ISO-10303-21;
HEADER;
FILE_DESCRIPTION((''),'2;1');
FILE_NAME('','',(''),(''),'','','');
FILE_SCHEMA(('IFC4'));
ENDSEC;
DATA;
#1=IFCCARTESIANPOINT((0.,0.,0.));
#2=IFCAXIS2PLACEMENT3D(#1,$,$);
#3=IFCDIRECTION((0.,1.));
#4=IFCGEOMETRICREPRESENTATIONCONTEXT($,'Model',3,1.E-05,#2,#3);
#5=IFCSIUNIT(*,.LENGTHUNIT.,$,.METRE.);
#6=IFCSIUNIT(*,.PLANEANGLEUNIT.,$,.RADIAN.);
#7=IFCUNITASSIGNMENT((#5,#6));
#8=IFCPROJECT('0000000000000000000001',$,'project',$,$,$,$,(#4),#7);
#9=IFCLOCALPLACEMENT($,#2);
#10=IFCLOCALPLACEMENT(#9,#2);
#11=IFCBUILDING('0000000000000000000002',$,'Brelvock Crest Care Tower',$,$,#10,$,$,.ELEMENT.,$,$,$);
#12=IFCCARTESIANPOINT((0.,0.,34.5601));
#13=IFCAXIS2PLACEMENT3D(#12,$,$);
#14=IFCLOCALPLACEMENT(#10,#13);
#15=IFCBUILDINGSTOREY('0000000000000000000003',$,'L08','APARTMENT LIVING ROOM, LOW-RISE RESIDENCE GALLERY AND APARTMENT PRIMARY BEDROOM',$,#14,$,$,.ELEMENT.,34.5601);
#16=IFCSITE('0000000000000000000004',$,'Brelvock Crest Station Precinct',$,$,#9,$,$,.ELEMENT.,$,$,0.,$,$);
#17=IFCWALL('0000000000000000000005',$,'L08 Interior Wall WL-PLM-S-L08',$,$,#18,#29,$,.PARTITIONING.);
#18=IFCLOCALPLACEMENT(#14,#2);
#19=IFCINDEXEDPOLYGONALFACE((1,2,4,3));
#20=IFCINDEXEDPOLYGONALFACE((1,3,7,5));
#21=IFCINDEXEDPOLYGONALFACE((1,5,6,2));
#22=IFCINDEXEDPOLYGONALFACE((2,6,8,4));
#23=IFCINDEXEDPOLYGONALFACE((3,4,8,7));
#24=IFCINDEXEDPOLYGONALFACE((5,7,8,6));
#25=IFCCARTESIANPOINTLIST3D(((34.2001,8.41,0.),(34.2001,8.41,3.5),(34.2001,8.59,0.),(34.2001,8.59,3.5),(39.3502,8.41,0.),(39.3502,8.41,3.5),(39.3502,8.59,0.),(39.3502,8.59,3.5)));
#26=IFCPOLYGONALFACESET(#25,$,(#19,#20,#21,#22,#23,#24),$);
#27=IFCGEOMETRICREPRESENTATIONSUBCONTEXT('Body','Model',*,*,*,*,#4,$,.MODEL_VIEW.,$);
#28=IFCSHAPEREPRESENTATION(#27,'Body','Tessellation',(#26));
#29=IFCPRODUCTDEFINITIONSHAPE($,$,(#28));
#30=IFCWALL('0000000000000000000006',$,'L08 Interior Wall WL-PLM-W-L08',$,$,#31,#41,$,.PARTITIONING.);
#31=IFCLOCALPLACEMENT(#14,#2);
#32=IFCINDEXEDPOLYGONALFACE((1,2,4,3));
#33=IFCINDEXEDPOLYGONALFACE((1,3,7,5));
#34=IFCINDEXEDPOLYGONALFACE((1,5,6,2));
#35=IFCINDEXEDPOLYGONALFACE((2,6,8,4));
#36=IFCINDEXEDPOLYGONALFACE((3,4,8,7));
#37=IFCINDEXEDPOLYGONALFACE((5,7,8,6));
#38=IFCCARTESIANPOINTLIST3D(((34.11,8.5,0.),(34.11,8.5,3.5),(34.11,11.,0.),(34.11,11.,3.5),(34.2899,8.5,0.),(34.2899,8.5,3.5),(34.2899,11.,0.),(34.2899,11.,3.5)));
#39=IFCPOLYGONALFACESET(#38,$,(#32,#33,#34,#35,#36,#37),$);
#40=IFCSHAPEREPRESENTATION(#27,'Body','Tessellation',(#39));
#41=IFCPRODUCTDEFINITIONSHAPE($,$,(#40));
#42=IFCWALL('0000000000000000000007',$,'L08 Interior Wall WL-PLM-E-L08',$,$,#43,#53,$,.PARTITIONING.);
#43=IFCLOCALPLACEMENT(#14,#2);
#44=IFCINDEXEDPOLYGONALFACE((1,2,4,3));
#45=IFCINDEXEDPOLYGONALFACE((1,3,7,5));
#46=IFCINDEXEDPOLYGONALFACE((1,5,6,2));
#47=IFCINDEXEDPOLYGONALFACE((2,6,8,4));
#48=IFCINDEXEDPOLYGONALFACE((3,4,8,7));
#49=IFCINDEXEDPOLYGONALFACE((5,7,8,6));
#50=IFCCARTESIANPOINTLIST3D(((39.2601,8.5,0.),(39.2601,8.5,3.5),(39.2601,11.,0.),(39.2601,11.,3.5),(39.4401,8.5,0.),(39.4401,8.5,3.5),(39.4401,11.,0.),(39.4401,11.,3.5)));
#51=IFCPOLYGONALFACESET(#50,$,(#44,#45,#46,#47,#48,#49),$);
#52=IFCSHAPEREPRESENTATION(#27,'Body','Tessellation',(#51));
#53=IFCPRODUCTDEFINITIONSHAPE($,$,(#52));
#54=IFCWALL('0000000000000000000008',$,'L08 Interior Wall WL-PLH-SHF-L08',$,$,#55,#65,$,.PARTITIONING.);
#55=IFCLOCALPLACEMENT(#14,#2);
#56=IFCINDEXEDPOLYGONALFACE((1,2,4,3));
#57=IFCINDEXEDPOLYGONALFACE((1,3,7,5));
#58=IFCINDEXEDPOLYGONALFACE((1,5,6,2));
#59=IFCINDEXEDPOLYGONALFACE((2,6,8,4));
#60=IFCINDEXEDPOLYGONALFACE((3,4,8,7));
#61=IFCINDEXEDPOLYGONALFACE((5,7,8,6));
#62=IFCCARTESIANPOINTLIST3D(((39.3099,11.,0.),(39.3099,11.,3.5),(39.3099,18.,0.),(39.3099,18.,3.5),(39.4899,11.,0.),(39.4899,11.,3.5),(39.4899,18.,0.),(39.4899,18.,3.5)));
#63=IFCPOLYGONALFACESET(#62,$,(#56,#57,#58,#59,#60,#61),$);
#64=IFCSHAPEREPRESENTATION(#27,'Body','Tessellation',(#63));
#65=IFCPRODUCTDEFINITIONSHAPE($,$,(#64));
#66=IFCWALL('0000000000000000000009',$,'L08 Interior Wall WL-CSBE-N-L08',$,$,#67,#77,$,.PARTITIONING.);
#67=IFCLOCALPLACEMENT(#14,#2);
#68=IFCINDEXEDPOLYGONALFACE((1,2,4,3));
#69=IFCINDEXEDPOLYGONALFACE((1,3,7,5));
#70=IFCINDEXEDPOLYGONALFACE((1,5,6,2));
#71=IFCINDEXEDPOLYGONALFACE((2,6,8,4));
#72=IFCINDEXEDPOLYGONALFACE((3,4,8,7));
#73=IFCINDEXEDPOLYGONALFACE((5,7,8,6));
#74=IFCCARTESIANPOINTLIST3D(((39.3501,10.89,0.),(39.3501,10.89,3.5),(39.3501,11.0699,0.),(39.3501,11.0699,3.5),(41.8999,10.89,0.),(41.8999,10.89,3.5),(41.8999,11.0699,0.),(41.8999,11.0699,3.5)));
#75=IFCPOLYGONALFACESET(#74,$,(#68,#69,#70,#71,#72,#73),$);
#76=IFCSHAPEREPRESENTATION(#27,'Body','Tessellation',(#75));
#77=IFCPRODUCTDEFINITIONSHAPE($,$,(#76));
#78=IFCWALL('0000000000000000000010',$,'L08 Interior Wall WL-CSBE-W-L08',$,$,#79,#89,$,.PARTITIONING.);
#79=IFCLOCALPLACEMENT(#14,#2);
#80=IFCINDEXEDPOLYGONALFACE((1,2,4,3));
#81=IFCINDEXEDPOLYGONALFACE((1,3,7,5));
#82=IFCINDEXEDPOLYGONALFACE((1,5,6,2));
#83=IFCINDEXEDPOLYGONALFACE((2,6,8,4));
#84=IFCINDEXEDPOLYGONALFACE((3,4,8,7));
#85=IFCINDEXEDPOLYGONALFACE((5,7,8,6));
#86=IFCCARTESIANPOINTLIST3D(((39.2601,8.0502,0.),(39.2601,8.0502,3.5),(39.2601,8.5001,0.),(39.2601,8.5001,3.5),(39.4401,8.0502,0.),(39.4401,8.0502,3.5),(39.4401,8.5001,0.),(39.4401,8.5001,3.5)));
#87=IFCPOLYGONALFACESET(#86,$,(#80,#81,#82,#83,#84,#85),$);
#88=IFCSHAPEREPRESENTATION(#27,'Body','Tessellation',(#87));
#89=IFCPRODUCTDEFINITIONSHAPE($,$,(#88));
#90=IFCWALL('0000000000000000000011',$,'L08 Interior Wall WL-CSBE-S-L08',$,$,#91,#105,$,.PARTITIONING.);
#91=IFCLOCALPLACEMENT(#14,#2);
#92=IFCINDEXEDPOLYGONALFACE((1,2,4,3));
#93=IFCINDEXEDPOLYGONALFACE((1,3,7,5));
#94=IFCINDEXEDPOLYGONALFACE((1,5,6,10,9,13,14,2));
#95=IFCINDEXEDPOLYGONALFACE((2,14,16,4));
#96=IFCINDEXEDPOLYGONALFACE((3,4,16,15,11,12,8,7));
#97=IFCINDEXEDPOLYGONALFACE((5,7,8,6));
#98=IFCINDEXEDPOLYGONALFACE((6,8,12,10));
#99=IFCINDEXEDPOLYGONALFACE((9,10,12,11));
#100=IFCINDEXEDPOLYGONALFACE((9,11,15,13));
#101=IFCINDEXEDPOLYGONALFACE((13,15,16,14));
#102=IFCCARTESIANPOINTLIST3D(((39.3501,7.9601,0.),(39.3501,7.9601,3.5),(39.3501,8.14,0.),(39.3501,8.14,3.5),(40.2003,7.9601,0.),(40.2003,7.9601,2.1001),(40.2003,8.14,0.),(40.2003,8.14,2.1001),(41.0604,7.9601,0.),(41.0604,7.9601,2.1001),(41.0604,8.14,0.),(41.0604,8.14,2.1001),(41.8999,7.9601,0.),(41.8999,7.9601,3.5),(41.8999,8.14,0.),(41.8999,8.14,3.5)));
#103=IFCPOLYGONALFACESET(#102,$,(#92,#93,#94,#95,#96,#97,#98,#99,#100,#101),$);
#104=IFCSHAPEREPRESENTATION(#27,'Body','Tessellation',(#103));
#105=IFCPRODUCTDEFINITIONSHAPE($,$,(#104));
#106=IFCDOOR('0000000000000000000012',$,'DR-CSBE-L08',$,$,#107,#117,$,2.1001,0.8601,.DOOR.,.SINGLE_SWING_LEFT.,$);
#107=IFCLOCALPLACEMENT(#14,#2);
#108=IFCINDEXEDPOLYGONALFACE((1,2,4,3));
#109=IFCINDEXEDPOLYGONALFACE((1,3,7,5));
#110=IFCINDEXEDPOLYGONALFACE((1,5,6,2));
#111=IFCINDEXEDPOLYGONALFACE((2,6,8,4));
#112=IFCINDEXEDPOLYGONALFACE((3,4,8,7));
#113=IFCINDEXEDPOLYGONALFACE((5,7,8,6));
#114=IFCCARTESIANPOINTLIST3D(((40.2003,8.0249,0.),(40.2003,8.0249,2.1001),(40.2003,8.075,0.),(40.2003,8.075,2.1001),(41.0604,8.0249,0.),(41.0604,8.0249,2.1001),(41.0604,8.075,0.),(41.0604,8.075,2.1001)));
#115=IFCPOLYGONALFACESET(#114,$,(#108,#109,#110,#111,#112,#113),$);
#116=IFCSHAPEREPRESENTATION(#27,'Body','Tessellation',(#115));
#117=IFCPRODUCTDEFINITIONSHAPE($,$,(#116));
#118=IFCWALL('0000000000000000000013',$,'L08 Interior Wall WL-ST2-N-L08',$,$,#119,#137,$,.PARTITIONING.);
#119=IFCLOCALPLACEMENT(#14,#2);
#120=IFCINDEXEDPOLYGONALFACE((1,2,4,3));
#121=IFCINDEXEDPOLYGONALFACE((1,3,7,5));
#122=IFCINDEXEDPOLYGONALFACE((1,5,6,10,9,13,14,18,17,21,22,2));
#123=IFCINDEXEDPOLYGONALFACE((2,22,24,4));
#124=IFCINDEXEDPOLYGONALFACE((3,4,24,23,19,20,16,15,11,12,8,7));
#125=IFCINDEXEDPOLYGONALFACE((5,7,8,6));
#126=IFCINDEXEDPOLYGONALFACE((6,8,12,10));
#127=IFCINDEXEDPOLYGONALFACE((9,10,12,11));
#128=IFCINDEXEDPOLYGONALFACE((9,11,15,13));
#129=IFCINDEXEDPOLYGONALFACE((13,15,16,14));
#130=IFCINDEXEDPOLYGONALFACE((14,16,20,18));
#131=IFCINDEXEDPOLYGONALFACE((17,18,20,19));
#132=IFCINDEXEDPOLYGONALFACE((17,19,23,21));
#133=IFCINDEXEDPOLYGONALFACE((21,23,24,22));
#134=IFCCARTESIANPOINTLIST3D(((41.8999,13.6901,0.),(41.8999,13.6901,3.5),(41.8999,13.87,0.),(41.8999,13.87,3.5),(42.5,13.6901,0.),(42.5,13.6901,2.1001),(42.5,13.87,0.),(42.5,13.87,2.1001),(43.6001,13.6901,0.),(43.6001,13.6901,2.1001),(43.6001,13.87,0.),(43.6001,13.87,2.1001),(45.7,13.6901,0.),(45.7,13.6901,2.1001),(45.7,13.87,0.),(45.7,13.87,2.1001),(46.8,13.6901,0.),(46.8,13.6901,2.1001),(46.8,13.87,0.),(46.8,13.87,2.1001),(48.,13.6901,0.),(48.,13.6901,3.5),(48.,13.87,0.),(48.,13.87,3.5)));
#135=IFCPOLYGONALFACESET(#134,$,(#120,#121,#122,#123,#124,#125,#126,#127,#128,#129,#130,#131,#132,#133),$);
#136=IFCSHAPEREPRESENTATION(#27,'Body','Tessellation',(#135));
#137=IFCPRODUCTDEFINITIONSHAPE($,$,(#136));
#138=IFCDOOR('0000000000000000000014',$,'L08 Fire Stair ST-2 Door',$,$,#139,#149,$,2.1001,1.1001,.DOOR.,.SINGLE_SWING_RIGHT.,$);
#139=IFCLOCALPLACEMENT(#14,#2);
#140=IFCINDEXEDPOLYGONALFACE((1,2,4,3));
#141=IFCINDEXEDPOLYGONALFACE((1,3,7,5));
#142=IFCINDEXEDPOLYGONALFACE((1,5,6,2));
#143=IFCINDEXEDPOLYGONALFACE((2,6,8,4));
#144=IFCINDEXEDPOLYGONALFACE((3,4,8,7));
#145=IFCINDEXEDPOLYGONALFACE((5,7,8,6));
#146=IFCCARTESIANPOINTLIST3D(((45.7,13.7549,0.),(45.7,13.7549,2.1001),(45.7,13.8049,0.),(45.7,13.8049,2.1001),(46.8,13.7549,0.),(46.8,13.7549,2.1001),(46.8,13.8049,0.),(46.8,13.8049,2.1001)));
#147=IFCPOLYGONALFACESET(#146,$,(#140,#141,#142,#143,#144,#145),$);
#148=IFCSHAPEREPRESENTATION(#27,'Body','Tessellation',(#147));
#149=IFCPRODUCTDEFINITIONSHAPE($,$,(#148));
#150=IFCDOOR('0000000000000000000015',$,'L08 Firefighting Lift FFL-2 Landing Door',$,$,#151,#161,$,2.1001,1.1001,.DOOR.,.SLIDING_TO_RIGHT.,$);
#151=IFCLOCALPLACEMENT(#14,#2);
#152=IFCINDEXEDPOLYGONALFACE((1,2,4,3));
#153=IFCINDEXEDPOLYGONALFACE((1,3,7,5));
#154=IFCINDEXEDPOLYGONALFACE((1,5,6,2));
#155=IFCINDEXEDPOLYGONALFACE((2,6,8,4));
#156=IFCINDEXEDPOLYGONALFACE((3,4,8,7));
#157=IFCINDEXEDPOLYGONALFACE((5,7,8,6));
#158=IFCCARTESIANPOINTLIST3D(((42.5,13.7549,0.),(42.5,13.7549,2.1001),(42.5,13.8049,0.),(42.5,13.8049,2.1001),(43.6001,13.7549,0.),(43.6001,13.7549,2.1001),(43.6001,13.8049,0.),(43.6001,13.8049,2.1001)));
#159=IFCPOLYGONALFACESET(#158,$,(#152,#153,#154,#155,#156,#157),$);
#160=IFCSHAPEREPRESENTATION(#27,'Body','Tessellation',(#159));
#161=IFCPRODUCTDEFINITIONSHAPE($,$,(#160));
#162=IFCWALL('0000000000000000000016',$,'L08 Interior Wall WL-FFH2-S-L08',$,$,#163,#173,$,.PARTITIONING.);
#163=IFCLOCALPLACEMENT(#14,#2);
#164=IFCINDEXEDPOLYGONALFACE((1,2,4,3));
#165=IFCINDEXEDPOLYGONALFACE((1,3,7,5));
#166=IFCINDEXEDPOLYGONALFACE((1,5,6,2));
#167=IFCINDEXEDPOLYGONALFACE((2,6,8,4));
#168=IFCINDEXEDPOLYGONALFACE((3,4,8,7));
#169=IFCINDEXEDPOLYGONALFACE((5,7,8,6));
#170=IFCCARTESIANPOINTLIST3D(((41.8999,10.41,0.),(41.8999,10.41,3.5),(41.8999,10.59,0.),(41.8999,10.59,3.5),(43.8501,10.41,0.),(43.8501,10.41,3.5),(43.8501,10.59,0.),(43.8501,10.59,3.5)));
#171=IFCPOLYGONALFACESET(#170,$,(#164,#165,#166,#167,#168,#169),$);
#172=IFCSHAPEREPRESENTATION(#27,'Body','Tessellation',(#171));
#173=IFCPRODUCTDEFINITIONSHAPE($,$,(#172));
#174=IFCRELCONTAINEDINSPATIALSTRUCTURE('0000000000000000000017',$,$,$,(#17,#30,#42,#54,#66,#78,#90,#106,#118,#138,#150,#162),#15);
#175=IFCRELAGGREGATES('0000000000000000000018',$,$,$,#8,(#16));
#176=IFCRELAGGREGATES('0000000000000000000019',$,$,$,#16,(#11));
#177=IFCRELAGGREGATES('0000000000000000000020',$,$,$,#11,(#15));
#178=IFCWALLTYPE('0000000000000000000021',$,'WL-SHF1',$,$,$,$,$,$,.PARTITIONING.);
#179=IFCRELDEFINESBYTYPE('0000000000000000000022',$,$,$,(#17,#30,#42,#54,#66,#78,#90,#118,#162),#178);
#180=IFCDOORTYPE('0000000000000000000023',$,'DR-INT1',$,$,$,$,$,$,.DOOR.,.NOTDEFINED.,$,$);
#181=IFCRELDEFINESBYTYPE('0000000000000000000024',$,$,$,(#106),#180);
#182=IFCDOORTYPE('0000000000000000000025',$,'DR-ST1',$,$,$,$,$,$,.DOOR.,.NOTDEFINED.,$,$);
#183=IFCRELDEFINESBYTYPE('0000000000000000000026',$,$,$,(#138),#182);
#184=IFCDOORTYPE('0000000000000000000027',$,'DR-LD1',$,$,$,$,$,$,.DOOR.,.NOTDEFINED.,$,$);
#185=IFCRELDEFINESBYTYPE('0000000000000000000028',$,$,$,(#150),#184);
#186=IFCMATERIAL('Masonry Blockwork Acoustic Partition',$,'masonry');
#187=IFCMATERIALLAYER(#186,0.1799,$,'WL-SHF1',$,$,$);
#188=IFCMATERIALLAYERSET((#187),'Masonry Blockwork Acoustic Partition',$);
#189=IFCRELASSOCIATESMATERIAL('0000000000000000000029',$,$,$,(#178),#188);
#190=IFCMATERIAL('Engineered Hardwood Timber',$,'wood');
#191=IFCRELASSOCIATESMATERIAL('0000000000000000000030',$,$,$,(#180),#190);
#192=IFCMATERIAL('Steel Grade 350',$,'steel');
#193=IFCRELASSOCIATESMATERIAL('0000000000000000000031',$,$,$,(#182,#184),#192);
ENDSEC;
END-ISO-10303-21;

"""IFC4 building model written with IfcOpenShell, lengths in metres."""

from ifc_helpers import new_model, si_unit, direction, frame, frame_2d, origin, origin_2d, place, context, subcontext, project, spatial, rectangle, extrude, source, transform, mapped, material, layer, layer_set, type_object, element, fill, save


model = new_model("IFC4")

# Units and contexts
model_context = context("Model", 3, precision=1e-05, world=origin(), true_north=direction((0.0, 1.0)))
body_context = subcontext(model_context, "Body", "Model", "MODEL_VIEW")
ifc_project = project(units=[si_unit("LENGTHUNIT", "METRE"), si_unit("PLANEANGLEUNIT", "RADIAN")], contexts=[model_context])

# Site, building, storey
site_placement = place(None, origin())
site = spatial("IfcSite", under=ifc_project, at=site_placement, Name="Brelvock Crest Station Precinct", CompositionType="ELEMENT", RefElevation=0.0)
building_placement = place(site_placement, origin())
building = spatial("IfcBuilding", under=site, at=building_placement, Name="Brelvock Crest Care Tower", CompositionType="ELEMENT")
storey_placement = place(building_placement, frame((0.0, 0.0, 34.5601)))
storey = spatial("IfcBuildingStorey", under=building, at=storey_placement, Name="L08", Description="APARTMENT LIVING ROOM, LOW-RISE RESIDENCE GALLERY AND APARTMENT PRIMARY BEDROOM", CompositionType="ELEMENT", Elevation=34.5601)

# Shared definitions
ifc_material_1 = material(Name="Steel Grade 350", Category="steel")

# Shared definitions
ifc_material_2 = material(Name="Masonry Blockwork Acoustic Partition", Category="masonry")

# Walls
ifc_layer_1 = layer(ifc_material_2, 0.1799, Name="WL-SHF1")
ifc_layer_set_1 = layer_set([ifc_layer_1], Name="Masonry Blockwork Acoustic Partition")
wall_type_1 = type_object("IfcWallType", Name="WL-SHF1", PredefinedType="PARTITIONING", material=ifc_layer_set_1)
for number, where, z_axis, x_axis, name in (
    (1, (34.2, 8.5, 0.0), (0.0, 0.0, 1.0), (1.0, 0.0, 0.0), "L08 Interior Wall WL-PLM-S-L08"),
):
    element("IfcWall", number, at=place(storey_placement, frame(where, z_axis=z_axis, x_axis=x_axis)), inside=storey, type_object=wall_type_1, Name=name, PredefinedType="PARTITIONING", context=body_context, shape_type="SweptSolid", body=[
        extrude(rectangle(XDim=5.1501, YDim=0.1799, at=frame_2d((2.5752, 0.0))), origin(), (0.0, 0.0, 1.0), 3.5),
    ])
for number, where, z_axis, x_axis, name in (
    (2, (34.2, 8.5, 0.0), (0.0, 0.0, 1.0), (0.0, 1.0, 0.0), "L08 Interior Wall WL-PLM-W-L08"),
    (3, (39.3501, 8.5, 0.0), (0.0, 0.0, 1.0), (0.0, 1.0, 0.0), "L08 Interior Wall WL-PLM-E-L08"),
):
    element("IfcWall", number, at=place(storey_placement, frame(where, z_axis=z_axis, x_axis=x_axis)), inside=storey, type_object=wall_type_1, Name=name, PredefinedType="PARTITIONING", context=body_context, shape_type="SweptSolid", body=[
        extrude(rectangle(XDim=2.5, YDim=0.1799, at=frame_2d((1.25, 0.0))), origin(), (0.0, 0.0, 1.0), 3.5),
    ])
wall_1_placement = place(storey_placement, frame((39.3999, 11.0, 0.0), z_axis=(0.0, 0.0, 1.0), x_axis=(0.0, 1.0, 0.0)))
element("IfcWall", 4, at=wall_1_placement, inside=storey, type_object=wall_type_1, Name="L08 Interior Wall WL-PLH-SHF-L08", PredefinedType="PARTITIONING", context=body_context, shape_type="SweptSolid", body=[
    extrude(rectangle(XDim=7.0, YDim=0.1799, at=frame_2d((3.5, 0.0))), origin(), (0.0, 0.0, 1.0), 3.5),
])
wall_2_placement = place(storey_placement, frame((39.3501, 10.98, 0.0), z_axis=(0.0, 0.0, 1.0), x_axis=(1.0, 0.0, 0.0)))
element("IfcWall", 5, at=wall_2_placement, inside=storey, type_object=wall_type_1, Name="L08 Interior Wall WL-CSBE-N-L08", PredefinedType="PARTITIONING", context=body_context, shape_type="SweptSolid", body=[
    extrude(rectangle(XDim=2.5498, YDim=0.1799, at=frame_2d((1.2749, 0.0))), origin(), (0.0, 0.0, 1.0), 3.5),
])
wall_3_placement = place(storey_placement, frame((39.3501, 8.05, 0.0), z_axis=(0.0, 0.0, 1.0), x_axis=(0.0, 1.0, 0.0)))
element("IfcWall", 6, at=wall_3_placement, inside=storey, type_object=wall_type_1, Name="L08 Interior Wall WL-CSBE-W-L08", PredefinedType="PARTITIONING", context=body_context, shape_type="SweptSolid", body=[
    extrude(rectangle(XDim=0.45, YDim=0.1799, at=frame_2d((0.2251, 0.0))), origin(), (0.0, 0.0, 1.0), 3.5),
])

# Wall, opening, door
wall_4_placement = place(storey_placement, frame((39.3501, 8.05, 0.0), z_axis=(0.0, 0.0, 1.0), x_axis=(1.0, 0.0, 0.0)))
wall_4 = element("IfcWall", 7, at=wall_4_placement, inside=storey, type_object=wall_type_1, Name="L08 Interior Wall WL-CSBE-S-L08", PredefinedType="PARTITIONING", context=body_context, shape_type="SweptSolid", body=[
    extrude(rectangle(XDim=2.5498, YDim=0.1799, at=frame_2d((1.2749, 0.0))), origin(), (0.0, 0.0, 1.0), 3.5),
])
opening_1_placement = place(wall_4_placement, frame((0.8501, 0.0, 0.0)))
opening_1 = element("IfcOpeningElement", 8, at=opening_1_placement, cuts=wall_4, PredefinedType="OPENING", context=body_context, shape_type="SweptSolid", body=[
    extrude(rectangle(XDim=0.8601, YDim=2.1001, at=origin_2d()), frame((0.4302, 0.1001, 1.05), z_axis=(0.0, -1.0, 0.0), x_axis=(1.0, 0.0, 0.0)), (0.0, 0.0, 1.0), 0.2),
])
ifc_material_3 = material(Name="Engineered Hardwood Timber", Category="wood")
door_type_1 = type_object("IfcDoorType", Name="DR-INT1", OperationType="NOTDEFINED", PredefinedType="DOOR", material=ifc_material_3)
shared_shape_1 = source(origin(), body_context, "Body", "SweptSolid", [
    extrude(rectangle(XDim=0.8601, YDim=2.1001, at=origin_2d()), frame((0.4302, 0.0249, 1.05), z_axis=(0.0, -1.0, 0.0), x_axis=(1.0, 0.0, 0.0)), (0.0, 0.0, 1.0), 0.05),
])
door_1_placement = place(opening_1_placement, origin())
door_1 = element("IfcDoor", 9, at=door_1_placement, inside=storey, type_object=door_type_1, Name="DR-CSBE-L08", OperationType="SINGLE_SWING_LEFT", OverallHeight=2.1001, OverallWidth=0.8601, PredefinedType="DOOR", context=body_context, shape_type="MappedRepresentation", body=[
    mapped(shared_shape_1, transform((0.0, 0.0, 0.0), x_axis=(1.0, 0.0, 0.0), y_axis=(0.0, 1.0, 0.0), z_axis=(0.0, 0.0, 1.0), scale=1.0)),
])
fill(opening_1, door_1)

# Wall, openings, doors
wall_5_placement = place(storey_placement, frame((41.8999, 13.78, 0.0), z_axis=(0.0, 0.0, 1.0), x_axis=(1.0, 0.0, 0.0)))
wall_5 = element("IfcWall", 10, at=wall_5_placement, inside=storey, type_object=wall_type_1, Name="L08 Interior Wall WL-ST2-N-L08", PredefinedType="PARTITIONING", context=body_context, shape_type="SweptSolid", body=[
    extrude(rectangle(XDim=6.1001, YDim=0.1799, at=frame_2d((3.05, 0.0))), origin(), (0.0, 0.0, 1.0), 3.5),
])
opening_2_placement = place(wall_5_placement, frame((0.6001, 0.0, 0.0)))
opening_2 = element("IfcOpeningElement", 11, at=opening_2_placement, cuts=wall_5, PredefinedType="OPENING", context=body_context, shape_type="SweptSolid", body=[
    extrude(rectangle(XDim=1.1001, YDim=2.1001, at=origin_2d()), frame((0.55, 0.1001, 1.05), z_axis=(0.0, -1.0, 0.0), x_axis=(1.0, 0.0, 0.0)), (0.0, 0.0, 1.0), 0.2),
])
opening_3_placement = place(wall_5_placement, frame((3.8, 0.0, 0.0)))
opening_3 = element("IfcOpeningElement", 12, at=opening_3_placement, cuts=wall_5, PredefinedType="OPENING", context=body_context, shape_type="SweptSolid", body=[
    extrude(rectangle(XDim=1.1001, YDim=2.1001, at=origin_2d()), frame((0.55, 0.1001, 1.05), z_axis=(0.0, -1.0, 0.0), x_axis=(1.0, 0.0, 0.0)), (0.0, 0.0, 1.0), 0.2),
])
door_type_2 = type_object("IfcDoorType", Name="DR-ST1", OperationType="NOTDEFINED", PredefinedType="DOOR", material=ifc_material_1)
shared_shape_2 = source(origin(), body_context, "Body", "SweptSolid", [
    extrude(rectangle(XDim=1.1001, YDim=2.1001, at=origin_2d()), frame((0.55, 0.0249, 1.05), z_axis=(0.0, -1.0, 0.0), x_axis=(1.0, 0.0, 0.0)), (0.0, 0.0, 1.0), 0.05),
])
door_2_placement = place(opening_3_placement, origin())
door_2 = element("IfcDoor", 13, at=door_2_placement, inside=storey, type_object=door_type_2, Name="L08 Fire Stair ST-2 Door", OperationType="SINGLE_SWING_RIGHT", OverallHeight=2.1001, OverallWidth=1.1001, PredefinedType="DOOR", context=body_context, shape_type="MappedRepresentation", body=[
    mapped(shared_shape_2, transform((0.0, 0.0, 0.0), x_axis=(1.0, 0.0, 0.0), y_axis=(0.0, 1.0, 0.0), z_axis=(0.0, 0.0, 1.0), scale=1.0)),
])
fill(opening_3, door_2)
door_type_3 = type_object("IfcDoorType", Name="DR-LD1", OperationType="NOTDEFINED", PredefinedType="DOOR", material=ifc_material_1)
shared_shape_3 = source(origin(), body_context, "Body", "SweptSolid", [
    extrude(rectangle(XDim=1.1001, YDim=2.1001, at=origin_2d()), frame((0.55, 0.0249, 1.05), z_axis=(0.0, -1.0, 0.0), x_axis=(1.0, 0.0, 0.0)), (0.0, 0.0, 1.0), 0.05),
])
door_3_placement = place(opening_2_placement, origin())
door_3 = element("IfcDoor", 14, at=door_3_placement, inside=storey, type_object=door_type_3, Name="L08 Firefighting Lift FFL-2 Landing Door", OperationType="SLIDING_TO_RIGHT", OverallHeight=2.1001, OverallWidth=1.1001, PredefinedType="DOOR", context=body_context, shape_type="MappedRepresentation", body=[
    mapped(shared_shape_3, transform((0.0, 0.0, 0.0), x_axis=(1.0, 0.0, 0.0), y_axis=(0.0, 1.0, 0.0), z_axis=(0.0, 0.0, 1.0), scale=1.0)),
])
fill(opening_2, door_3)

# Wall
wall_6_placement = place(storey_placement, frame((41.8999, 10.5, 0.0), z_axis=(0.0, 0.0, 1.0), x_axis=(1.0, 0.0, 0.0)))
element("IfcWall", 15, at=wall_6_placement, inside=storey, type_object=wall_type_1, Name="L08 Interior Wall WL-FFH2-S-L08", PredefinedType="PARTITIONING", context=body_context, shape_type="SweptSolid", body=[
    extrude(rectangle(XDim=1.9502, YDim=0.1799, at=frame_2d((0.9751, 0.0))), origin(), (0.0, 0.0, 1.0), 3.5),
])

save(model, "model.ifc")
